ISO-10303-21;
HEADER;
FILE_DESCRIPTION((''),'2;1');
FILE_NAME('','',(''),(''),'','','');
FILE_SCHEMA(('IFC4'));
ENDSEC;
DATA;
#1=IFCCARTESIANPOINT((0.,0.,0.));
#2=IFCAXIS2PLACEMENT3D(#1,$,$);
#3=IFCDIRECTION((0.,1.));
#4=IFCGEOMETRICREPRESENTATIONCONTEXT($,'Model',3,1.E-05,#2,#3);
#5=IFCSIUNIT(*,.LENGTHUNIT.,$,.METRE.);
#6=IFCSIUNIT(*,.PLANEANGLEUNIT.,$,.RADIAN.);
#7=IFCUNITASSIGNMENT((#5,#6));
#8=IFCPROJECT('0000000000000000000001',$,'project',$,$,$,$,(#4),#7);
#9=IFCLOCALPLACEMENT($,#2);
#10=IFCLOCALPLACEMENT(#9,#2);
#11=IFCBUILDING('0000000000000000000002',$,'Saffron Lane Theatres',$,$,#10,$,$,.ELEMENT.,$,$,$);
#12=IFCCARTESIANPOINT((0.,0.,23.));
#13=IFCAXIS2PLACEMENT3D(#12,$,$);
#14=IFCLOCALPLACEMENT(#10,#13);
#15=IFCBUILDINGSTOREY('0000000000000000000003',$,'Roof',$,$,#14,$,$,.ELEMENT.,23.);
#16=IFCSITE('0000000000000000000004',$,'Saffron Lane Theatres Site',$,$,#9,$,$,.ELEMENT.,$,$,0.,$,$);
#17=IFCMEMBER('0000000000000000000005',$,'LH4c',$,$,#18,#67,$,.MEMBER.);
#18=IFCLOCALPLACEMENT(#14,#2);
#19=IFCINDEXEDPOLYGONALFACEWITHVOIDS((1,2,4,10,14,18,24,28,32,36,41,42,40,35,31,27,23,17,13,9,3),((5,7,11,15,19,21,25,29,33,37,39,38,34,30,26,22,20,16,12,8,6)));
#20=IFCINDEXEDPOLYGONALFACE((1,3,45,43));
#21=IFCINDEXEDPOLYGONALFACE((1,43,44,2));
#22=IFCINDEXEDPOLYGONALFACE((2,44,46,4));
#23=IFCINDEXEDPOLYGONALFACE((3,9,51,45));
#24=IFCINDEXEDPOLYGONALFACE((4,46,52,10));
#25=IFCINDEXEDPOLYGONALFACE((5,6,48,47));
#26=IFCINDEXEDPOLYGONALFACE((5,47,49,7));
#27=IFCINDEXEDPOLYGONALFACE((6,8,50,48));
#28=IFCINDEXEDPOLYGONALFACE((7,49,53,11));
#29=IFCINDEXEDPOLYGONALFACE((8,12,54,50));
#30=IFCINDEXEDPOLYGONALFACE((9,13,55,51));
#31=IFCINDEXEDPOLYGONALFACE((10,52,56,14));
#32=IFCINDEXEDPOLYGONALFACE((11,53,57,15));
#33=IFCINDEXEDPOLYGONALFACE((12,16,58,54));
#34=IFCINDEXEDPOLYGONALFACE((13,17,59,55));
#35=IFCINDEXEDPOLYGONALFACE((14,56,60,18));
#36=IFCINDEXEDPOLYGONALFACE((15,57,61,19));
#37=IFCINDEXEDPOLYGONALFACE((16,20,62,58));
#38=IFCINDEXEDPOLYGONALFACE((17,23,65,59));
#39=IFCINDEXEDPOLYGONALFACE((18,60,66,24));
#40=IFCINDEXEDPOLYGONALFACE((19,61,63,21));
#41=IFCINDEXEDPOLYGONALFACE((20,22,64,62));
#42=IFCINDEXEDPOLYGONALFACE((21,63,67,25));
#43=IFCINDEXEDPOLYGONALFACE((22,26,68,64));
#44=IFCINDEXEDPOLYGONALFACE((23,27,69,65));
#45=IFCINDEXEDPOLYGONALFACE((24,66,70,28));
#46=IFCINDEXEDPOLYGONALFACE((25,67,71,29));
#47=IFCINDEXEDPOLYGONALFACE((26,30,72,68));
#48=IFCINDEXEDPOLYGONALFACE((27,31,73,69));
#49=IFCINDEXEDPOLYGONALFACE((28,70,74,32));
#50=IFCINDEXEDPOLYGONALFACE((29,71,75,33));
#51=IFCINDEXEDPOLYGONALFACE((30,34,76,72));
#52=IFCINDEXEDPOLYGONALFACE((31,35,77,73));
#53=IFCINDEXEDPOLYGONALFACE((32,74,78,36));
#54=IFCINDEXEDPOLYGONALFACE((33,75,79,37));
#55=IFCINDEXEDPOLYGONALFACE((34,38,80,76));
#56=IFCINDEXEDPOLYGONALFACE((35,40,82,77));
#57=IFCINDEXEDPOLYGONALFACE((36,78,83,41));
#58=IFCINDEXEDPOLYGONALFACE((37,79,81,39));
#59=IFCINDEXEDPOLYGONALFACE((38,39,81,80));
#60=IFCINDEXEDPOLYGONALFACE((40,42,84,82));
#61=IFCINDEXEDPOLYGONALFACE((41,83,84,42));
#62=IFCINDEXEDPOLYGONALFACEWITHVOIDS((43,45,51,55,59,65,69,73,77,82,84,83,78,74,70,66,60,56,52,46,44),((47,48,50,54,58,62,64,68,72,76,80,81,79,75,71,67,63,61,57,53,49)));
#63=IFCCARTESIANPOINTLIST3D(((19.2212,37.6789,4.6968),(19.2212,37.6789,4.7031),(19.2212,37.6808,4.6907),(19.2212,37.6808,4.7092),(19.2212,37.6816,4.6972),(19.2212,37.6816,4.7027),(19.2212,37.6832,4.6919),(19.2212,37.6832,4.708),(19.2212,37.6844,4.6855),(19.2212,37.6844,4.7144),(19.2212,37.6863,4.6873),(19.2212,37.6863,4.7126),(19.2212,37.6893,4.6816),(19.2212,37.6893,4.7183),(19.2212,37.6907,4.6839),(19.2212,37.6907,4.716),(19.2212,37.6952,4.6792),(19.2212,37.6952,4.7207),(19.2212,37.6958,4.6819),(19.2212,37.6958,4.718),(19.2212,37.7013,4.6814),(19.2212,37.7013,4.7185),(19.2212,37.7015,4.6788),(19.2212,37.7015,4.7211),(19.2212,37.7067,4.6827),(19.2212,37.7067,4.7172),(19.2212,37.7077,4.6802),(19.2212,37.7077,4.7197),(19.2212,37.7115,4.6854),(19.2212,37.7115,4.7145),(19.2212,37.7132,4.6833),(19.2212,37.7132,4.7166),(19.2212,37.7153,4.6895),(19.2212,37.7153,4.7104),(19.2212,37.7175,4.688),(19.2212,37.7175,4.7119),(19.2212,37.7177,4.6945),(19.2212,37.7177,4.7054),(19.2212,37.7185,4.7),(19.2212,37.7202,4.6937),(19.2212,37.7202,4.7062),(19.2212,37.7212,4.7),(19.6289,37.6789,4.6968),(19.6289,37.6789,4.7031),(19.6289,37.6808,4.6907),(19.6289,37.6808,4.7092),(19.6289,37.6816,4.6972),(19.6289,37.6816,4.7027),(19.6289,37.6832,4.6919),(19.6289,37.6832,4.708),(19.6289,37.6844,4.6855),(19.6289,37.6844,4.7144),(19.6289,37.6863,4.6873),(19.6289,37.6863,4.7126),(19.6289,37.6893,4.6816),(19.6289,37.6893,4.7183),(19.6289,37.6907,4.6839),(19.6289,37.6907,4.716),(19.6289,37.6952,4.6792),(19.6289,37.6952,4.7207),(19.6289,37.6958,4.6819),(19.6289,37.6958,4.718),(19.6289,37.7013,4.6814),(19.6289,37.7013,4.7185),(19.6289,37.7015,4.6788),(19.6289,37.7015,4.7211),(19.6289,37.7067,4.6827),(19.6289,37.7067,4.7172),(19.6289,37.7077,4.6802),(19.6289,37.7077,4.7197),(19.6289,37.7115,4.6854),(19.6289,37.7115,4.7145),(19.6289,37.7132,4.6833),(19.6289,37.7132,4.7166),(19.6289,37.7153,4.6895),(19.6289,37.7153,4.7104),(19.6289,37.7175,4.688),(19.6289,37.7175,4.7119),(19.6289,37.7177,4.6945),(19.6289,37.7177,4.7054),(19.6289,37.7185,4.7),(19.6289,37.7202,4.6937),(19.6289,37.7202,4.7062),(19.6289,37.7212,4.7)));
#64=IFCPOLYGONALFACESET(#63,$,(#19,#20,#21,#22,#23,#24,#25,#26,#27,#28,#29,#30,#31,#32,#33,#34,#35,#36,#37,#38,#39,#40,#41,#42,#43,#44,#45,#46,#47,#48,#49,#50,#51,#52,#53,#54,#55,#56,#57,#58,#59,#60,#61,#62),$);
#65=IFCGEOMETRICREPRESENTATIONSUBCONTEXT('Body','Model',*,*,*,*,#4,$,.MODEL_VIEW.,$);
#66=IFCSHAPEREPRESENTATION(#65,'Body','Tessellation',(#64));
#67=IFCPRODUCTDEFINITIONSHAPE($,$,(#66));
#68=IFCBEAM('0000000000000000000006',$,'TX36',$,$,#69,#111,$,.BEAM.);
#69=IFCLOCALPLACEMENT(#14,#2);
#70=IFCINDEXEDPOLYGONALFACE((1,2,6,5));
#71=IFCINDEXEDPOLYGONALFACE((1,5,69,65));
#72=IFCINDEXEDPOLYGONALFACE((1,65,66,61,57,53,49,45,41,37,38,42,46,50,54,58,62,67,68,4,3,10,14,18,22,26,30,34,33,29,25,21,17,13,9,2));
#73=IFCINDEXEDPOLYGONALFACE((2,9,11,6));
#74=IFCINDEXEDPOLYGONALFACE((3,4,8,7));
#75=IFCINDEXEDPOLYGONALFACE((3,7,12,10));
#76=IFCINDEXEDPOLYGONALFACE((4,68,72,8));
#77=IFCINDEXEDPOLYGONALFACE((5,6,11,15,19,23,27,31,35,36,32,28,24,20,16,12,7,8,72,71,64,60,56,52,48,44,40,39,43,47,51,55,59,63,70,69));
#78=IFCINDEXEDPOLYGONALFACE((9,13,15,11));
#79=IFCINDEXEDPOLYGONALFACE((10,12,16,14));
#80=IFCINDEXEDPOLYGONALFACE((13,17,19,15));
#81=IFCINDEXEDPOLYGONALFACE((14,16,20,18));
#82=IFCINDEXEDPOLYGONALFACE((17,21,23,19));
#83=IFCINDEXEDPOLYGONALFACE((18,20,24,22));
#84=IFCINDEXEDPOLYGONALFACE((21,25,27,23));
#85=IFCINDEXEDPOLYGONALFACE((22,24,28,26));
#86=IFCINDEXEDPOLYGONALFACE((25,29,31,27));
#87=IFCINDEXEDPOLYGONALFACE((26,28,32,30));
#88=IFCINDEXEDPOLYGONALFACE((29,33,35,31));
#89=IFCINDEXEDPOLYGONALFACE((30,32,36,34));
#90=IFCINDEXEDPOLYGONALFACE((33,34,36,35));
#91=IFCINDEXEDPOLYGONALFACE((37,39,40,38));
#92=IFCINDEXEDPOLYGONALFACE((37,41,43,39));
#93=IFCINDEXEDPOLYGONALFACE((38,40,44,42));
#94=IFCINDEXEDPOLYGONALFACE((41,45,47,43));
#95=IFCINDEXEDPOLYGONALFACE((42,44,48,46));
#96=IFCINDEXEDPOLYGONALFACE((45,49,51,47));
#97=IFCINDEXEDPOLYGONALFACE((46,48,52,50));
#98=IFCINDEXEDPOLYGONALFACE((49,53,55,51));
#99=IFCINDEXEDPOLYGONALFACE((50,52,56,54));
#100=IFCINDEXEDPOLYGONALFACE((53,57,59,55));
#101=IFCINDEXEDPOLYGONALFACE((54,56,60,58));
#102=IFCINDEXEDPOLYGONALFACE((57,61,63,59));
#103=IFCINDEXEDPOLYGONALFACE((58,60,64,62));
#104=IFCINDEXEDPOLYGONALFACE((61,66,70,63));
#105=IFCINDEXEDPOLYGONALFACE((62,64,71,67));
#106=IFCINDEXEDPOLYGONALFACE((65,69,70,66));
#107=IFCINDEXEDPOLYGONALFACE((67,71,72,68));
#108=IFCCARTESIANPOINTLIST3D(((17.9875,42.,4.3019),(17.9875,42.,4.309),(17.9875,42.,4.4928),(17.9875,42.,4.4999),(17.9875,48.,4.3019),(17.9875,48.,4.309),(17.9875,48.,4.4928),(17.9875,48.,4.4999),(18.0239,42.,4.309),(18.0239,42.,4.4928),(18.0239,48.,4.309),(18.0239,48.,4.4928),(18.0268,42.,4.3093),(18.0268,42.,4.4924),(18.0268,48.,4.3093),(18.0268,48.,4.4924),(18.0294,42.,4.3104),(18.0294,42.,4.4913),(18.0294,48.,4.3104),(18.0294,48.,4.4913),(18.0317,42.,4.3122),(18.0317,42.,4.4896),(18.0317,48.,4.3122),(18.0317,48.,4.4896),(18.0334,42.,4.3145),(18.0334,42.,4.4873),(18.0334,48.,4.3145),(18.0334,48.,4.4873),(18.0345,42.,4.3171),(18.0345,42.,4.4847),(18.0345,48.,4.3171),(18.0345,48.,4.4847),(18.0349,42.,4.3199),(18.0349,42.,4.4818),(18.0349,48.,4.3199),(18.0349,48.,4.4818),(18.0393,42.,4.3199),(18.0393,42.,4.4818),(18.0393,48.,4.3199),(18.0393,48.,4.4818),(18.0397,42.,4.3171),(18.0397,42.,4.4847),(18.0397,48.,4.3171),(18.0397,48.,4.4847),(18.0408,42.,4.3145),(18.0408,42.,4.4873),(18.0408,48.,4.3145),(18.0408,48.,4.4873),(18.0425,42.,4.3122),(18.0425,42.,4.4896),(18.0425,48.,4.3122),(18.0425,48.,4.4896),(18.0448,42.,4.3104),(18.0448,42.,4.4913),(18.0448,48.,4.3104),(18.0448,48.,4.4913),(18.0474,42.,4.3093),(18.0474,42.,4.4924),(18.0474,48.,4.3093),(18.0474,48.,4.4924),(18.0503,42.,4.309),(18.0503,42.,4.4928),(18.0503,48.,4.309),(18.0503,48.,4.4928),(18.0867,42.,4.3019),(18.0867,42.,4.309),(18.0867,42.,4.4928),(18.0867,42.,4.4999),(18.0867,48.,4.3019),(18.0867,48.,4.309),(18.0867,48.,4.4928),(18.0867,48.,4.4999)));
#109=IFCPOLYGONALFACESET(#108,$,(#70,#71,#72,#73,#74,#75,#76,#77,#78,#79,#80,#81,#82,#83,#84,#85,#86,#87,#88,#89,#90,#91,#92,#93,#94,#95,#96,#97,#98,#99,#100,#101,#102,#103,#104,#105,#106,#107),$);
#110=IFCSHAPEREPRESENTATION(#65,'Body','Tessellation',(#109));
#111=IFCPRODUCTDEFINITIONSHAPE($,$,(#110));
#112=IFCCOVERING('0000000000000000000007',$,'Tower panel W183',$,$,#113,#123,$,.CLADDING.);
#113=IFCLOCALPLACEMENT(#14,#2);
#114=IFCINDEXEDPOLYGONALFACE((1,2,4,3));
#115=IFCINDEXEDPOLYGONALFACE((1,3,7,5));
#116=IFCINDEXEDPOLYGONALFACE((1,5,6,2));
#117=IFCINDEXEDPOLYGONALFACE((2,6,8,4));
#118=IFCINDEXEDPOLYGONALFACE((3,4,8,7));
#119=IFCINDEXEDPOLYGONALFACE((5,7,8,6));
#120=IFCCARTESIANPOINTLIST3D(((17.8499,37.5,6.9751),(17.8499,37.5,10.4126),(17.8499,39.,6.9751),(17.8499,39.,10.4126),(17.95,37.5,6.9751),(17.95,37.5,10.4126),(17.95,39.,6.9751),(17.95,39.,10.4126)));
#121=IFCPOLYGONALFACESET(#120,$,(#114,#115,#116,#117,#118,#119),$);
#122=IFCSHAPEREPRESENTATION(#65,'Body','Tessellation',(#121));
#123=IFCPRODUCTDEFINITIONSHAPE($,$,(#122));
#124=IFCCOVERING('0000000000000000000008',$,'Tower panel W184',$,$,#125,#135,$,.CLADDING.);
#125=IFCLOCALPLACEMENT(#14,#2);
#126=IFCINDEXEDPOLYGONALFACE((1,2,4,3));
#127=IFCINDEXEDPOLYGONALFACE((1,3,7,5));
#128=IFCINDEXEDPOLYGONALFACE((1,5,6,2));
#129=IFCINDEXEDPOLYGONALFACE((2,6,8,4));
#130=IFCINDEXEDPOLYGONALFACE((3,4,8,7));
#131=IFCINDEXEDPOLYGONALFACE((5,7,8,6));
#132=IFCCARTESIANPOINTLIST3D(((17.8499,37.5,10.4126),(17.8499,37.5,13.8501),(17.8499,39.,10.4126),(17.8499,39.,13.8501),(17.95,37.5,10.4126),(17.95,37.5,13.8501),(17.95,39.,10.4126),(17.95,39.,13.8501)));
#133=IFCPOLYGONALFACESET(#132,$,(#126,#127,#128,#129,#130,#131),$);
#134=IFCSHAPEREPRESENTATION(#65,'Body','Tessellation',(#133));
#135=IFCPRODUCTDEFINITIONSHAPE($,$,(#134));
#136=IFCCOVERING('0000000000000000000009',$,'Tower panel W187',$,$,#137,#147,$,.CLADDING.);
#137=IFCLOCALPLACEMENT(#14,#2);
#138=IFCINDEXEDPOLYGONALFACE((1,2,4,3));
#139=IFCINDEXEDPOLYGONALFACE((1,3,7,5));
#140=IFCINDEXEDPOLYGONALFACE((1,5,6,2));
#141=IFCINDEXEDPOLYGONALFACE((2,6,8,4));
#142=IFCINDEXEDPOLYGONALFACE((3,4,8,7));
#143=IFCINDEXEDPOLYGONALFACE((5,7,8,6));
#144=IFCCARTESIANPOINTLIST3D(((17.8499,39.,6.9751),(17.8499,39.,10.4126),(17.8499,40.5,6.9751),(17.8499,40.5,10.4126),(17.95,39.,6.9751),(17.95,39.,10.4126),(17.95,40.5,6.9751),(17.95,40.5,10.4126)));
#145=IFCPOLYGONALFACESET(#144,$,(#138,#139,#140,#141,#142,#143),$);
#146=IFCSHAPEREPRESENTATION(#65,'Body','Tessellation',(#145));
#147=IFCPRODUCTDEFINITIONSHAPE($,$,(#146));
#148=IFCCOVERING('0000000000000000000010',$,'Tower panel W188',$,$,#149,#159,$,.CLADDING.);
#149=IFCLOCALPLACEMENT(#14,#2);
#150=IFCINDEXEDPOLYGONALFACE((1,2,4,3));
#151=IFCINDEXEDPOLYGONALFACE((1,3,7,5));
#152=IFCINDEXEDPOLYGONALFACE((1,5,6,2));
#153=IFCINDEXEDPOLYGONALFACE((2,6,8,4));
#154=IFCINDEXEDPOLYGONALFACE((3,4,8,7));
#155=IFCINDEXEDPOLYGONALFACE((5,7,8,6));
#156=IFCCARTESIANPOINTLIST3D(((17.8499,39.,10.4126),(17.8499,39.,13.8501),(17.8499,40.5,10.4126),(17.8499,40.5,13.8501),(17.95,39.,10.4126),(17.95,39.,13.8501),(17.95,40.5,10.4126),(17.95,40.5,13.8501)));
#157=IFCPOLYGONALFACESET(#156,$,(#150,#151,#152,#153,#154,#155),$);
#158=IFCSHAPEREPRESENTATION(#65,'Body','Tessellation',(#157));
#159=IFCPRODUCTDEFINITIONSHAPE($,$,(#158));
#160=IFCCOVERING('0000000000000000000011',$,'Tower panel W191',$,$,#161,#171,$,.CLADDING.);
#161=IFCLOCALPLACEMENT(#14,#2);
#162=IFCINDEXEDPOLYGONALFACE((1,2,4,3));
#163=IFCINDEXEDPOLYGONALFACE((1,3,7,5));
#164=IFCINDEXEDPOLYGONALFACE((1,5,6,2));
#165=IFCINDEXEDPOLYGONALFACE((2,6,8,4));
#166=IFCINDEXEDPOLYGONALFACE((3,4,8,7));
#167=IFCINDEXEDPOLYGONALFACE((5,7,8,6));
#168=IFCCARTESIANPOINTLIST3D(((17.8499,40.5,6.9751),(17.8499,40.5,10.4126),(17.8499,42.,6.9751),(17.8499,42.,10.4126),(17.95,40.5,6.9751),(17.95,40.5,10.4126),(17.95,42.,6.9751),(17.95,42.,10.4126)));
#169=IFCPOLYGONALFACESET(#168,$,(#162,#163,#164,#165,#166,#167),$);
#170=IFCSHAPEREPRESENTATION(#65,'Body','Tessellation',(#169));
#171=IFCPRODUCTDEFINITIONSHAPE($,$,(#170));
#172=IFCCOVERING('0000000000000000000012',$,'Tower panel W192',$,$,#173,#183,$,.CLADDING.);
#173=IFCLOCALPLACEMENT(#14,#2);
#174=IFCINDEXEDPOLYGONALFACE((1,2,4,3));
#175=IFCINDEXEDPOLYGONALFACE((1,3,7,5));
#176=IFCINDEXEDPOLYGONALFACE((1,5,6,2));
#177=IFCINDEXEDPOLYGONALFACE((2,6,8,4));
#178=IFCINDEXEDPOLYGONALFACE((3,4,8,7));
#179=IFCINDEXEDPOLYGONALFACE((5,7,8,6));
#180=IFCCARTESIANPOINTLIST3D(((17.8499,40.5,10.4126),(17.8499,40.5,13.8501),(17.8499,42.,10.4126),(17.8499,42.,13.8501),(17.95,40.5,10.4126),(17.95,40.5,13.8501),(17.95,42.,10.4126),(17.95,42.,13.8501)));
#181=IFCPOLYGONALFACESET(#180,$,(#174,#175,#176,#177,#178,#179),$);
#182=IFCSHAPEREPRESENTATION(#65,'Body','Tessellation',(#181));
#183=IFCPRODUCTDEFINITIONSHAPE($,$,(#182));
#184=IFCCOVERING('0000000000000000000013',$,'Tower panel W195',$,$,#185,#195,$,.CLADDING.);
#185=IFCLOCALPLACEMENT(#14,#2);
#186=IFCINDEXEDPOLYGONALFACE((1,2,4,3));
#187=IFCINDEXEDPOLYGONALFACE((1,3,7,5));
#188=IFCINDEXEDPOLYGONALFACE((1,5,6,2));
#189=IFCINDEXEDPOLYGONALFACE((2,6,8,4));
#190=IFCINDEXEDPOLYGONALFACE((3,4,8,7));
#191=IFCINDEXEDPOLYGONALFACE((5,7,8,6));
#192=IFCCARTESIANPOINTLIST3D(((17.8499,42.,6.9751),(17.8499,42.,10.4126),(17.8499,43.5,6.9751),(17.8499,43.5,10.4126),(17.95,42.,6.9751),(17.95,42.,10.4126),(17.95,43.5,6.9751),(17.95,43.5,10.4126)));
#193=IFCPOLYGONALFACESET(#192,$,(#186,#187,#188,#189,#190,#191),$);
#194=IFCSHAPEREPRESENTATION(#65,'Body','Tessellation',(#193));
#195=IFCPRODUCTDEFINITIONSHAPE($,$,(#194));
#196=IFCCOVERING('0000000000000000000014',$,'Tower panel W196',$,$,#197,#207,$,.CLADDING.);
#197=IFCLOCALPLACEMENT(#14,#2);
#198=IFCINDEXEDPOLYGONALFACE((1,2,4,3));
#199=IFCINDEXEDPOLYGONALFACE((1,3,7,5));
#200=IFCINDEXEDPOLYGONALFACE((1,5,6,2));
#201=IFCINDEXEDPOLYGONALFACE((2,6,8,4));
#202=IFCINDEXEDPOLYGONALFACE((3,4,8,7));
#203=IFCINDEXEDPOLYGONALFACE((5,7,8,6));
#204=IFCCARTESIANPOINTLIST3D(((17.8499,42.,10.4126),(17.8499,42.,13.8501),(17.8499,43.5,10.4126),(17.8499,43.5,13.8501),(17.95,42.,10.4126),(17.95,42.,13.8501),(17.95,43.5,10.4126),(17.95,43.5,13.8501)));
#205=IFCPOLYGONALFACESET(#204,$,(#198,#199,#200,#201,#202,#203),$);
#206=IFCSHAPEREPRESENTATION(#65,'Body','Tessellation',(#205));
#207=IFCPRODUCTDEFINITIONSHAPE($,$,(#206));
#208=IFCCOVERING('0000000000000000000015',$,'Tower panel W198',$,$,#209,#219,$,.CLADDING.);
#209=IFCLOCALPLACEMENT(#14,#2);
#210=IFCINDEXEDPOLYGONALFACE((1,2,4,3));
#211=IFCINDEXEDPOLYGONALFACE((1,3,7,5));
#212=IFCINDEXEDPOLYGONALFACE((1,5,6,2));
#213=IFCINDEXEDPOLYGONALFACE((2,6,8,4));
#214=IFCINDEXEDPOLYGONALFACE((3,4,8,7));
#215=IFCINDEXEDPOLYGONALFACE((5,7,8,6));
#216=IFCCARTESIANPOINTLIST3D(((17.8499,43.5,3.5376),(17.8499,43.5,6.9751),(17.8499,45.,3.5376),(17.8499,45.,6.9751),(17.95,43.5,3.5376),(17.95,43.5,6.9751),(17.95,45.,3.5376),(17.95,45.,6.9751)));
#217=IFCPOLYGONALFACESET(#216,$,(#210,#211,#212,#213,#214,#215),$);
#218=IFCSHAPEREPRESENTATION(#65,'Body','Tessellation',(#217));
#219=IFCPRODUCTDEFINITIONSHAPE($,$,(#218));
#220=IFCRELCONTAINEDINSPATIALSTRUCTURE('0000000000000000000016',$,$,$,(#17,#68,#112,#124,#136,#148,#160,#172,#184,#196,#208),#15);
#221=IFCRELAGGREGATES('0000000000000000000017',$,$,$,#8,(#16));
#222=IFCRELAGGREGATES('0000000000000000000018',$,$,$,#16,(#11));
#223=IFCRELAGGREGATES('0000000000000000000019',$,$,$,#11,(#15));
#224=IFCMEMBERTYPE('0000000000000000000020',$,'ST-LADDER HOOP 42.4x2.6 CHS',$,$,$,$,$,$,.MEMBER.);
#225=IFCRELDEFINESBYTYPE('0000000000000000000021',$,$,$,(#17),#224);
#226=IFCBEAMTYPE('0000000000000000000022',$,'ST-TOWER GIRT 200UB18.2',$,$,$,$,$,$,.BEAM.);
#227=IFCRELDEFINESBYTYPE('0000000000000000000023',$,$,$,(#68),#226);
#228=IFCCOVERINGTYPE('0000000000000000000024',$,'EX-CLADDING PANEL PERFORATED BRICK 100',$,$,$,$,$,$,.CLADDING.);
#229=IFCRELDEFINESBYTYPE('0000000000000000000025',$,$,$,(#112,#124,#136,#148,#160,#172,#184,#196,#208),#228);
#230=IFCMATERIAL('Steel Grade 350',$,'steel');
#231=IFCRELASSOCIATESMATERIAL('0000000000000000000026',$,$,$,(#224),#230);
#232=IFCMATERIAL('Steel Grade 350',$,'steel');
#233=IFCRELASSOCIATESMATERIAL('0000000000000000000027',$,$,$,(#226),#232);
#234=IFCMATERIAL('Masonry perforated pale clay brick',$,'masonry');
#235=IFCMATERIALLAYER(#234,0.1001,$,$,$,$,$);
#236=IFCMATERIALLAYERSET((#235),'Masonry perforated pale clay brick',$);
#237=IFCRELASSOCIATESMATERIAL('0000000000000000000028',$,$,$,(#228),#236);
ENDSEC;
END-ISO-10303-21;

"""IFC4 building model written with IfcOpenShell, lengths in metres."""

from ifc_helpers import new_model, si_unit, direction, frame, origin, origin_2d, place, context, subcontext, project, spatial, rectangle, hollow_circle, i_section, extrude, material, layer, layer_set, material_profile, profile_set, type_object, element, save


model = new_model("IFC4")

# Units and contexts
model_context = context("Model", 3, precision=1e-05, world=origin(), true_north=direction((0.0, 1.0)))
body_context = subcontext(model_context, "Body", "Model", "MODEL_VIEW")
ifc_project = project(units=[si_unit("LENGTHUNIT", "METRE"), si_unit("PLANEANGLEUNIT", "RADIAN")], contexts=[model_context])

# Site, building, storey
site_placement = place(None, origin())
site = spatial("IfcSite", under=ifc_project, at=site_placement, Name="Saffron Lane Theatres Site", CompositionType="ELEMENT", RefElevation=0.0)
building_placement = place(site_placement, origin())
building = spatial("IfcBuilding", under=site, at=building_placement, Name="Saffron Lane Theatres", CompositionType="ELEMENT")
storey_placement = place(building_placement, frame((0.0, 0.0, 23.0)))
storey = spatial("IfcBuildingStorey", under=building, at=storey_placement, Name="Roof", CompositionType="ELEMENT", Elevation=23.0)

# Member
ifc_material_1 = material(Name="Steel Grade 350", Category="steel")
ifc_material_profile_1 = material_profile(ifc_material_1, hollow_circle(Radius=0.0212, WallThickness=0.0027, at=origin_2d()))
ifc_profile_set_1 = profile_set([ifc_material_profile_1], Name="Steel Grade 350")
member_type = type_object("IfcMemberType", Name="ST-LADDER HOOP 42.4x2.6 CHS", PredefinedType="MEMBER", material=ifc_profile_set_1)
for number, where, z_axis, x_axis, name in (
    (1, (19.2212, 37.7, 4.7), (1.0, 0.0, 0.0), (0.0, 1.0, 0.0), "LH4c"),
):
    element("IfcMember", number, at=place(storey_placement, frame(where, z_axis=z_axis, x_axis=x_axis)), inside=storey, type_object=member_type, Name=name, PredefinedType="MEMBER", context=body_context, shape_type="SweptSolid", body=[
        extrude(hollow_circle(Radius=0.0212, WallThickness=0.0027, at=origin_2d()), origin(), (0.0, 0.0, 1.0), 0.4077),
    ])

# Beam
ifc_material_2 = material(Name="Steel Grade 350", Category="steel")
ifc_material_profile_2 = material_profile(ifc_material_2, i_section(OverallWidth=0.0991, OverallDepth=0.198, WebThickness=0.0044, FlangeThickness=0.0071, FilletRadius=0.011, at=origin_2d()))
ifc_profile_set_2 = profile_set([ifc_material_profile_2], Name="Steel Grade 350")
beam_type_1 = type_object("IfcBeamType", Name="ST-TOWER GIRT 200UB18.2", PredefinedType="BEAM", material=ifc_profile_set_2)
beam_1_placement = place(storey_placement, frame((18.0371, 42.0, 4.4009), z_axis=(0.0, 1.0, 0.0), x_axis=(-1.0, 0.0, 0.0)))
element("IfcBeam", 2, at=beam_1_placement, inside=storey, type_object=beam_type_1, Name="TX36", PredefinedType="BEAM", context=body_context, shape_type="SweptSolid", body=[
    extrude(i_section(OverallWidth=0.0991, OverallDepth=0.198, WebThickness=0.0044, FlangeThickness=0.0071, FilletRadius=0.011, at=origin_2d()), origin(), (0.0, 0.0, 1.0), 6.0),
])

# Coverings
ifc_material_3 = material(Name="Masonry perforated pale clay brick", Category="masonry")
ifc_layer = layer(ifc_material_3, 0.1001)
ifc_layer_set = layer_set([ifc_layer], Name="Masonry perforated pale clay brick")
covering_type = type_object("IfcCoveringType", Name="EX-CLADDING PANEL PERFORATED BRICK 100", PredefinedType="CLADDING", material=ifc_layer_set)
for number, where, z_axis, x_axis, name in (
    (3, (17.8999, 38.25, 6.9751), (0.0, 0.0, 1.0), (0.0, 1.0, 0.0), "Tower panel W183"),
    (4, (17.8999, 38.25, 10.4126), (0.0, 0.0, 1.0), (0.0, 1.0, 0.0), "Tower panel W184"),
    (5, (17.8999, 39.75, 6.9751), (0.0, 0.0, 1.0), (0.0, 1.0, 0.0), "Tower panel W187"),
    (6, (17.8999, 39.75, 10.4126), (0.0, 0.0, 1.0), (0.0, 1.0, 0.0), "Tower panel W188"),
    (7, (17.8999, 41.25, 6.9751), (0.0, 0.0, 1.0), (0.0, 1.0, 0.0), "Tower panel W191"),
    (8, (17.8999, 41.25, 10.4126), (0.0, 0.0, 1.0), (0.0, 1.0, 0.0), "Tower panel W192"),
    (9, (17.8999, 42.75, 6.9751), (0.0, 0.0, 1.0), (0.0, 1.0, 0.0), "Tower panel W195"),
    (10, (17.8999, 42.75, 10.4126), (0.0, 0.0, 1.0), (0.0, 1.0, 0.0), "Tower panel W196"),
    (11, (17.8999, 44.25, 3.5376), (0.0, 0.0, 1.0), (0.0, 1.0, 0.0), "Tower panel W198"),
):
    element("IfcCovering", number, at=place(storey_placement, frame(where, z_axis=z_axis, x_axis=x_axis)), inside=storey, type_object=covering_type, Name=name, PredefinedType="CLADDING", context=body_context, shape_type="SweptSolid", body=[
        extrude(rectangle(XDim=1.5, YDim=0.1001, at=origin_2d()), origin(), (0.0, 0.0, 1.0), 3.4375),
    ])

save(model, "model.ifc")
